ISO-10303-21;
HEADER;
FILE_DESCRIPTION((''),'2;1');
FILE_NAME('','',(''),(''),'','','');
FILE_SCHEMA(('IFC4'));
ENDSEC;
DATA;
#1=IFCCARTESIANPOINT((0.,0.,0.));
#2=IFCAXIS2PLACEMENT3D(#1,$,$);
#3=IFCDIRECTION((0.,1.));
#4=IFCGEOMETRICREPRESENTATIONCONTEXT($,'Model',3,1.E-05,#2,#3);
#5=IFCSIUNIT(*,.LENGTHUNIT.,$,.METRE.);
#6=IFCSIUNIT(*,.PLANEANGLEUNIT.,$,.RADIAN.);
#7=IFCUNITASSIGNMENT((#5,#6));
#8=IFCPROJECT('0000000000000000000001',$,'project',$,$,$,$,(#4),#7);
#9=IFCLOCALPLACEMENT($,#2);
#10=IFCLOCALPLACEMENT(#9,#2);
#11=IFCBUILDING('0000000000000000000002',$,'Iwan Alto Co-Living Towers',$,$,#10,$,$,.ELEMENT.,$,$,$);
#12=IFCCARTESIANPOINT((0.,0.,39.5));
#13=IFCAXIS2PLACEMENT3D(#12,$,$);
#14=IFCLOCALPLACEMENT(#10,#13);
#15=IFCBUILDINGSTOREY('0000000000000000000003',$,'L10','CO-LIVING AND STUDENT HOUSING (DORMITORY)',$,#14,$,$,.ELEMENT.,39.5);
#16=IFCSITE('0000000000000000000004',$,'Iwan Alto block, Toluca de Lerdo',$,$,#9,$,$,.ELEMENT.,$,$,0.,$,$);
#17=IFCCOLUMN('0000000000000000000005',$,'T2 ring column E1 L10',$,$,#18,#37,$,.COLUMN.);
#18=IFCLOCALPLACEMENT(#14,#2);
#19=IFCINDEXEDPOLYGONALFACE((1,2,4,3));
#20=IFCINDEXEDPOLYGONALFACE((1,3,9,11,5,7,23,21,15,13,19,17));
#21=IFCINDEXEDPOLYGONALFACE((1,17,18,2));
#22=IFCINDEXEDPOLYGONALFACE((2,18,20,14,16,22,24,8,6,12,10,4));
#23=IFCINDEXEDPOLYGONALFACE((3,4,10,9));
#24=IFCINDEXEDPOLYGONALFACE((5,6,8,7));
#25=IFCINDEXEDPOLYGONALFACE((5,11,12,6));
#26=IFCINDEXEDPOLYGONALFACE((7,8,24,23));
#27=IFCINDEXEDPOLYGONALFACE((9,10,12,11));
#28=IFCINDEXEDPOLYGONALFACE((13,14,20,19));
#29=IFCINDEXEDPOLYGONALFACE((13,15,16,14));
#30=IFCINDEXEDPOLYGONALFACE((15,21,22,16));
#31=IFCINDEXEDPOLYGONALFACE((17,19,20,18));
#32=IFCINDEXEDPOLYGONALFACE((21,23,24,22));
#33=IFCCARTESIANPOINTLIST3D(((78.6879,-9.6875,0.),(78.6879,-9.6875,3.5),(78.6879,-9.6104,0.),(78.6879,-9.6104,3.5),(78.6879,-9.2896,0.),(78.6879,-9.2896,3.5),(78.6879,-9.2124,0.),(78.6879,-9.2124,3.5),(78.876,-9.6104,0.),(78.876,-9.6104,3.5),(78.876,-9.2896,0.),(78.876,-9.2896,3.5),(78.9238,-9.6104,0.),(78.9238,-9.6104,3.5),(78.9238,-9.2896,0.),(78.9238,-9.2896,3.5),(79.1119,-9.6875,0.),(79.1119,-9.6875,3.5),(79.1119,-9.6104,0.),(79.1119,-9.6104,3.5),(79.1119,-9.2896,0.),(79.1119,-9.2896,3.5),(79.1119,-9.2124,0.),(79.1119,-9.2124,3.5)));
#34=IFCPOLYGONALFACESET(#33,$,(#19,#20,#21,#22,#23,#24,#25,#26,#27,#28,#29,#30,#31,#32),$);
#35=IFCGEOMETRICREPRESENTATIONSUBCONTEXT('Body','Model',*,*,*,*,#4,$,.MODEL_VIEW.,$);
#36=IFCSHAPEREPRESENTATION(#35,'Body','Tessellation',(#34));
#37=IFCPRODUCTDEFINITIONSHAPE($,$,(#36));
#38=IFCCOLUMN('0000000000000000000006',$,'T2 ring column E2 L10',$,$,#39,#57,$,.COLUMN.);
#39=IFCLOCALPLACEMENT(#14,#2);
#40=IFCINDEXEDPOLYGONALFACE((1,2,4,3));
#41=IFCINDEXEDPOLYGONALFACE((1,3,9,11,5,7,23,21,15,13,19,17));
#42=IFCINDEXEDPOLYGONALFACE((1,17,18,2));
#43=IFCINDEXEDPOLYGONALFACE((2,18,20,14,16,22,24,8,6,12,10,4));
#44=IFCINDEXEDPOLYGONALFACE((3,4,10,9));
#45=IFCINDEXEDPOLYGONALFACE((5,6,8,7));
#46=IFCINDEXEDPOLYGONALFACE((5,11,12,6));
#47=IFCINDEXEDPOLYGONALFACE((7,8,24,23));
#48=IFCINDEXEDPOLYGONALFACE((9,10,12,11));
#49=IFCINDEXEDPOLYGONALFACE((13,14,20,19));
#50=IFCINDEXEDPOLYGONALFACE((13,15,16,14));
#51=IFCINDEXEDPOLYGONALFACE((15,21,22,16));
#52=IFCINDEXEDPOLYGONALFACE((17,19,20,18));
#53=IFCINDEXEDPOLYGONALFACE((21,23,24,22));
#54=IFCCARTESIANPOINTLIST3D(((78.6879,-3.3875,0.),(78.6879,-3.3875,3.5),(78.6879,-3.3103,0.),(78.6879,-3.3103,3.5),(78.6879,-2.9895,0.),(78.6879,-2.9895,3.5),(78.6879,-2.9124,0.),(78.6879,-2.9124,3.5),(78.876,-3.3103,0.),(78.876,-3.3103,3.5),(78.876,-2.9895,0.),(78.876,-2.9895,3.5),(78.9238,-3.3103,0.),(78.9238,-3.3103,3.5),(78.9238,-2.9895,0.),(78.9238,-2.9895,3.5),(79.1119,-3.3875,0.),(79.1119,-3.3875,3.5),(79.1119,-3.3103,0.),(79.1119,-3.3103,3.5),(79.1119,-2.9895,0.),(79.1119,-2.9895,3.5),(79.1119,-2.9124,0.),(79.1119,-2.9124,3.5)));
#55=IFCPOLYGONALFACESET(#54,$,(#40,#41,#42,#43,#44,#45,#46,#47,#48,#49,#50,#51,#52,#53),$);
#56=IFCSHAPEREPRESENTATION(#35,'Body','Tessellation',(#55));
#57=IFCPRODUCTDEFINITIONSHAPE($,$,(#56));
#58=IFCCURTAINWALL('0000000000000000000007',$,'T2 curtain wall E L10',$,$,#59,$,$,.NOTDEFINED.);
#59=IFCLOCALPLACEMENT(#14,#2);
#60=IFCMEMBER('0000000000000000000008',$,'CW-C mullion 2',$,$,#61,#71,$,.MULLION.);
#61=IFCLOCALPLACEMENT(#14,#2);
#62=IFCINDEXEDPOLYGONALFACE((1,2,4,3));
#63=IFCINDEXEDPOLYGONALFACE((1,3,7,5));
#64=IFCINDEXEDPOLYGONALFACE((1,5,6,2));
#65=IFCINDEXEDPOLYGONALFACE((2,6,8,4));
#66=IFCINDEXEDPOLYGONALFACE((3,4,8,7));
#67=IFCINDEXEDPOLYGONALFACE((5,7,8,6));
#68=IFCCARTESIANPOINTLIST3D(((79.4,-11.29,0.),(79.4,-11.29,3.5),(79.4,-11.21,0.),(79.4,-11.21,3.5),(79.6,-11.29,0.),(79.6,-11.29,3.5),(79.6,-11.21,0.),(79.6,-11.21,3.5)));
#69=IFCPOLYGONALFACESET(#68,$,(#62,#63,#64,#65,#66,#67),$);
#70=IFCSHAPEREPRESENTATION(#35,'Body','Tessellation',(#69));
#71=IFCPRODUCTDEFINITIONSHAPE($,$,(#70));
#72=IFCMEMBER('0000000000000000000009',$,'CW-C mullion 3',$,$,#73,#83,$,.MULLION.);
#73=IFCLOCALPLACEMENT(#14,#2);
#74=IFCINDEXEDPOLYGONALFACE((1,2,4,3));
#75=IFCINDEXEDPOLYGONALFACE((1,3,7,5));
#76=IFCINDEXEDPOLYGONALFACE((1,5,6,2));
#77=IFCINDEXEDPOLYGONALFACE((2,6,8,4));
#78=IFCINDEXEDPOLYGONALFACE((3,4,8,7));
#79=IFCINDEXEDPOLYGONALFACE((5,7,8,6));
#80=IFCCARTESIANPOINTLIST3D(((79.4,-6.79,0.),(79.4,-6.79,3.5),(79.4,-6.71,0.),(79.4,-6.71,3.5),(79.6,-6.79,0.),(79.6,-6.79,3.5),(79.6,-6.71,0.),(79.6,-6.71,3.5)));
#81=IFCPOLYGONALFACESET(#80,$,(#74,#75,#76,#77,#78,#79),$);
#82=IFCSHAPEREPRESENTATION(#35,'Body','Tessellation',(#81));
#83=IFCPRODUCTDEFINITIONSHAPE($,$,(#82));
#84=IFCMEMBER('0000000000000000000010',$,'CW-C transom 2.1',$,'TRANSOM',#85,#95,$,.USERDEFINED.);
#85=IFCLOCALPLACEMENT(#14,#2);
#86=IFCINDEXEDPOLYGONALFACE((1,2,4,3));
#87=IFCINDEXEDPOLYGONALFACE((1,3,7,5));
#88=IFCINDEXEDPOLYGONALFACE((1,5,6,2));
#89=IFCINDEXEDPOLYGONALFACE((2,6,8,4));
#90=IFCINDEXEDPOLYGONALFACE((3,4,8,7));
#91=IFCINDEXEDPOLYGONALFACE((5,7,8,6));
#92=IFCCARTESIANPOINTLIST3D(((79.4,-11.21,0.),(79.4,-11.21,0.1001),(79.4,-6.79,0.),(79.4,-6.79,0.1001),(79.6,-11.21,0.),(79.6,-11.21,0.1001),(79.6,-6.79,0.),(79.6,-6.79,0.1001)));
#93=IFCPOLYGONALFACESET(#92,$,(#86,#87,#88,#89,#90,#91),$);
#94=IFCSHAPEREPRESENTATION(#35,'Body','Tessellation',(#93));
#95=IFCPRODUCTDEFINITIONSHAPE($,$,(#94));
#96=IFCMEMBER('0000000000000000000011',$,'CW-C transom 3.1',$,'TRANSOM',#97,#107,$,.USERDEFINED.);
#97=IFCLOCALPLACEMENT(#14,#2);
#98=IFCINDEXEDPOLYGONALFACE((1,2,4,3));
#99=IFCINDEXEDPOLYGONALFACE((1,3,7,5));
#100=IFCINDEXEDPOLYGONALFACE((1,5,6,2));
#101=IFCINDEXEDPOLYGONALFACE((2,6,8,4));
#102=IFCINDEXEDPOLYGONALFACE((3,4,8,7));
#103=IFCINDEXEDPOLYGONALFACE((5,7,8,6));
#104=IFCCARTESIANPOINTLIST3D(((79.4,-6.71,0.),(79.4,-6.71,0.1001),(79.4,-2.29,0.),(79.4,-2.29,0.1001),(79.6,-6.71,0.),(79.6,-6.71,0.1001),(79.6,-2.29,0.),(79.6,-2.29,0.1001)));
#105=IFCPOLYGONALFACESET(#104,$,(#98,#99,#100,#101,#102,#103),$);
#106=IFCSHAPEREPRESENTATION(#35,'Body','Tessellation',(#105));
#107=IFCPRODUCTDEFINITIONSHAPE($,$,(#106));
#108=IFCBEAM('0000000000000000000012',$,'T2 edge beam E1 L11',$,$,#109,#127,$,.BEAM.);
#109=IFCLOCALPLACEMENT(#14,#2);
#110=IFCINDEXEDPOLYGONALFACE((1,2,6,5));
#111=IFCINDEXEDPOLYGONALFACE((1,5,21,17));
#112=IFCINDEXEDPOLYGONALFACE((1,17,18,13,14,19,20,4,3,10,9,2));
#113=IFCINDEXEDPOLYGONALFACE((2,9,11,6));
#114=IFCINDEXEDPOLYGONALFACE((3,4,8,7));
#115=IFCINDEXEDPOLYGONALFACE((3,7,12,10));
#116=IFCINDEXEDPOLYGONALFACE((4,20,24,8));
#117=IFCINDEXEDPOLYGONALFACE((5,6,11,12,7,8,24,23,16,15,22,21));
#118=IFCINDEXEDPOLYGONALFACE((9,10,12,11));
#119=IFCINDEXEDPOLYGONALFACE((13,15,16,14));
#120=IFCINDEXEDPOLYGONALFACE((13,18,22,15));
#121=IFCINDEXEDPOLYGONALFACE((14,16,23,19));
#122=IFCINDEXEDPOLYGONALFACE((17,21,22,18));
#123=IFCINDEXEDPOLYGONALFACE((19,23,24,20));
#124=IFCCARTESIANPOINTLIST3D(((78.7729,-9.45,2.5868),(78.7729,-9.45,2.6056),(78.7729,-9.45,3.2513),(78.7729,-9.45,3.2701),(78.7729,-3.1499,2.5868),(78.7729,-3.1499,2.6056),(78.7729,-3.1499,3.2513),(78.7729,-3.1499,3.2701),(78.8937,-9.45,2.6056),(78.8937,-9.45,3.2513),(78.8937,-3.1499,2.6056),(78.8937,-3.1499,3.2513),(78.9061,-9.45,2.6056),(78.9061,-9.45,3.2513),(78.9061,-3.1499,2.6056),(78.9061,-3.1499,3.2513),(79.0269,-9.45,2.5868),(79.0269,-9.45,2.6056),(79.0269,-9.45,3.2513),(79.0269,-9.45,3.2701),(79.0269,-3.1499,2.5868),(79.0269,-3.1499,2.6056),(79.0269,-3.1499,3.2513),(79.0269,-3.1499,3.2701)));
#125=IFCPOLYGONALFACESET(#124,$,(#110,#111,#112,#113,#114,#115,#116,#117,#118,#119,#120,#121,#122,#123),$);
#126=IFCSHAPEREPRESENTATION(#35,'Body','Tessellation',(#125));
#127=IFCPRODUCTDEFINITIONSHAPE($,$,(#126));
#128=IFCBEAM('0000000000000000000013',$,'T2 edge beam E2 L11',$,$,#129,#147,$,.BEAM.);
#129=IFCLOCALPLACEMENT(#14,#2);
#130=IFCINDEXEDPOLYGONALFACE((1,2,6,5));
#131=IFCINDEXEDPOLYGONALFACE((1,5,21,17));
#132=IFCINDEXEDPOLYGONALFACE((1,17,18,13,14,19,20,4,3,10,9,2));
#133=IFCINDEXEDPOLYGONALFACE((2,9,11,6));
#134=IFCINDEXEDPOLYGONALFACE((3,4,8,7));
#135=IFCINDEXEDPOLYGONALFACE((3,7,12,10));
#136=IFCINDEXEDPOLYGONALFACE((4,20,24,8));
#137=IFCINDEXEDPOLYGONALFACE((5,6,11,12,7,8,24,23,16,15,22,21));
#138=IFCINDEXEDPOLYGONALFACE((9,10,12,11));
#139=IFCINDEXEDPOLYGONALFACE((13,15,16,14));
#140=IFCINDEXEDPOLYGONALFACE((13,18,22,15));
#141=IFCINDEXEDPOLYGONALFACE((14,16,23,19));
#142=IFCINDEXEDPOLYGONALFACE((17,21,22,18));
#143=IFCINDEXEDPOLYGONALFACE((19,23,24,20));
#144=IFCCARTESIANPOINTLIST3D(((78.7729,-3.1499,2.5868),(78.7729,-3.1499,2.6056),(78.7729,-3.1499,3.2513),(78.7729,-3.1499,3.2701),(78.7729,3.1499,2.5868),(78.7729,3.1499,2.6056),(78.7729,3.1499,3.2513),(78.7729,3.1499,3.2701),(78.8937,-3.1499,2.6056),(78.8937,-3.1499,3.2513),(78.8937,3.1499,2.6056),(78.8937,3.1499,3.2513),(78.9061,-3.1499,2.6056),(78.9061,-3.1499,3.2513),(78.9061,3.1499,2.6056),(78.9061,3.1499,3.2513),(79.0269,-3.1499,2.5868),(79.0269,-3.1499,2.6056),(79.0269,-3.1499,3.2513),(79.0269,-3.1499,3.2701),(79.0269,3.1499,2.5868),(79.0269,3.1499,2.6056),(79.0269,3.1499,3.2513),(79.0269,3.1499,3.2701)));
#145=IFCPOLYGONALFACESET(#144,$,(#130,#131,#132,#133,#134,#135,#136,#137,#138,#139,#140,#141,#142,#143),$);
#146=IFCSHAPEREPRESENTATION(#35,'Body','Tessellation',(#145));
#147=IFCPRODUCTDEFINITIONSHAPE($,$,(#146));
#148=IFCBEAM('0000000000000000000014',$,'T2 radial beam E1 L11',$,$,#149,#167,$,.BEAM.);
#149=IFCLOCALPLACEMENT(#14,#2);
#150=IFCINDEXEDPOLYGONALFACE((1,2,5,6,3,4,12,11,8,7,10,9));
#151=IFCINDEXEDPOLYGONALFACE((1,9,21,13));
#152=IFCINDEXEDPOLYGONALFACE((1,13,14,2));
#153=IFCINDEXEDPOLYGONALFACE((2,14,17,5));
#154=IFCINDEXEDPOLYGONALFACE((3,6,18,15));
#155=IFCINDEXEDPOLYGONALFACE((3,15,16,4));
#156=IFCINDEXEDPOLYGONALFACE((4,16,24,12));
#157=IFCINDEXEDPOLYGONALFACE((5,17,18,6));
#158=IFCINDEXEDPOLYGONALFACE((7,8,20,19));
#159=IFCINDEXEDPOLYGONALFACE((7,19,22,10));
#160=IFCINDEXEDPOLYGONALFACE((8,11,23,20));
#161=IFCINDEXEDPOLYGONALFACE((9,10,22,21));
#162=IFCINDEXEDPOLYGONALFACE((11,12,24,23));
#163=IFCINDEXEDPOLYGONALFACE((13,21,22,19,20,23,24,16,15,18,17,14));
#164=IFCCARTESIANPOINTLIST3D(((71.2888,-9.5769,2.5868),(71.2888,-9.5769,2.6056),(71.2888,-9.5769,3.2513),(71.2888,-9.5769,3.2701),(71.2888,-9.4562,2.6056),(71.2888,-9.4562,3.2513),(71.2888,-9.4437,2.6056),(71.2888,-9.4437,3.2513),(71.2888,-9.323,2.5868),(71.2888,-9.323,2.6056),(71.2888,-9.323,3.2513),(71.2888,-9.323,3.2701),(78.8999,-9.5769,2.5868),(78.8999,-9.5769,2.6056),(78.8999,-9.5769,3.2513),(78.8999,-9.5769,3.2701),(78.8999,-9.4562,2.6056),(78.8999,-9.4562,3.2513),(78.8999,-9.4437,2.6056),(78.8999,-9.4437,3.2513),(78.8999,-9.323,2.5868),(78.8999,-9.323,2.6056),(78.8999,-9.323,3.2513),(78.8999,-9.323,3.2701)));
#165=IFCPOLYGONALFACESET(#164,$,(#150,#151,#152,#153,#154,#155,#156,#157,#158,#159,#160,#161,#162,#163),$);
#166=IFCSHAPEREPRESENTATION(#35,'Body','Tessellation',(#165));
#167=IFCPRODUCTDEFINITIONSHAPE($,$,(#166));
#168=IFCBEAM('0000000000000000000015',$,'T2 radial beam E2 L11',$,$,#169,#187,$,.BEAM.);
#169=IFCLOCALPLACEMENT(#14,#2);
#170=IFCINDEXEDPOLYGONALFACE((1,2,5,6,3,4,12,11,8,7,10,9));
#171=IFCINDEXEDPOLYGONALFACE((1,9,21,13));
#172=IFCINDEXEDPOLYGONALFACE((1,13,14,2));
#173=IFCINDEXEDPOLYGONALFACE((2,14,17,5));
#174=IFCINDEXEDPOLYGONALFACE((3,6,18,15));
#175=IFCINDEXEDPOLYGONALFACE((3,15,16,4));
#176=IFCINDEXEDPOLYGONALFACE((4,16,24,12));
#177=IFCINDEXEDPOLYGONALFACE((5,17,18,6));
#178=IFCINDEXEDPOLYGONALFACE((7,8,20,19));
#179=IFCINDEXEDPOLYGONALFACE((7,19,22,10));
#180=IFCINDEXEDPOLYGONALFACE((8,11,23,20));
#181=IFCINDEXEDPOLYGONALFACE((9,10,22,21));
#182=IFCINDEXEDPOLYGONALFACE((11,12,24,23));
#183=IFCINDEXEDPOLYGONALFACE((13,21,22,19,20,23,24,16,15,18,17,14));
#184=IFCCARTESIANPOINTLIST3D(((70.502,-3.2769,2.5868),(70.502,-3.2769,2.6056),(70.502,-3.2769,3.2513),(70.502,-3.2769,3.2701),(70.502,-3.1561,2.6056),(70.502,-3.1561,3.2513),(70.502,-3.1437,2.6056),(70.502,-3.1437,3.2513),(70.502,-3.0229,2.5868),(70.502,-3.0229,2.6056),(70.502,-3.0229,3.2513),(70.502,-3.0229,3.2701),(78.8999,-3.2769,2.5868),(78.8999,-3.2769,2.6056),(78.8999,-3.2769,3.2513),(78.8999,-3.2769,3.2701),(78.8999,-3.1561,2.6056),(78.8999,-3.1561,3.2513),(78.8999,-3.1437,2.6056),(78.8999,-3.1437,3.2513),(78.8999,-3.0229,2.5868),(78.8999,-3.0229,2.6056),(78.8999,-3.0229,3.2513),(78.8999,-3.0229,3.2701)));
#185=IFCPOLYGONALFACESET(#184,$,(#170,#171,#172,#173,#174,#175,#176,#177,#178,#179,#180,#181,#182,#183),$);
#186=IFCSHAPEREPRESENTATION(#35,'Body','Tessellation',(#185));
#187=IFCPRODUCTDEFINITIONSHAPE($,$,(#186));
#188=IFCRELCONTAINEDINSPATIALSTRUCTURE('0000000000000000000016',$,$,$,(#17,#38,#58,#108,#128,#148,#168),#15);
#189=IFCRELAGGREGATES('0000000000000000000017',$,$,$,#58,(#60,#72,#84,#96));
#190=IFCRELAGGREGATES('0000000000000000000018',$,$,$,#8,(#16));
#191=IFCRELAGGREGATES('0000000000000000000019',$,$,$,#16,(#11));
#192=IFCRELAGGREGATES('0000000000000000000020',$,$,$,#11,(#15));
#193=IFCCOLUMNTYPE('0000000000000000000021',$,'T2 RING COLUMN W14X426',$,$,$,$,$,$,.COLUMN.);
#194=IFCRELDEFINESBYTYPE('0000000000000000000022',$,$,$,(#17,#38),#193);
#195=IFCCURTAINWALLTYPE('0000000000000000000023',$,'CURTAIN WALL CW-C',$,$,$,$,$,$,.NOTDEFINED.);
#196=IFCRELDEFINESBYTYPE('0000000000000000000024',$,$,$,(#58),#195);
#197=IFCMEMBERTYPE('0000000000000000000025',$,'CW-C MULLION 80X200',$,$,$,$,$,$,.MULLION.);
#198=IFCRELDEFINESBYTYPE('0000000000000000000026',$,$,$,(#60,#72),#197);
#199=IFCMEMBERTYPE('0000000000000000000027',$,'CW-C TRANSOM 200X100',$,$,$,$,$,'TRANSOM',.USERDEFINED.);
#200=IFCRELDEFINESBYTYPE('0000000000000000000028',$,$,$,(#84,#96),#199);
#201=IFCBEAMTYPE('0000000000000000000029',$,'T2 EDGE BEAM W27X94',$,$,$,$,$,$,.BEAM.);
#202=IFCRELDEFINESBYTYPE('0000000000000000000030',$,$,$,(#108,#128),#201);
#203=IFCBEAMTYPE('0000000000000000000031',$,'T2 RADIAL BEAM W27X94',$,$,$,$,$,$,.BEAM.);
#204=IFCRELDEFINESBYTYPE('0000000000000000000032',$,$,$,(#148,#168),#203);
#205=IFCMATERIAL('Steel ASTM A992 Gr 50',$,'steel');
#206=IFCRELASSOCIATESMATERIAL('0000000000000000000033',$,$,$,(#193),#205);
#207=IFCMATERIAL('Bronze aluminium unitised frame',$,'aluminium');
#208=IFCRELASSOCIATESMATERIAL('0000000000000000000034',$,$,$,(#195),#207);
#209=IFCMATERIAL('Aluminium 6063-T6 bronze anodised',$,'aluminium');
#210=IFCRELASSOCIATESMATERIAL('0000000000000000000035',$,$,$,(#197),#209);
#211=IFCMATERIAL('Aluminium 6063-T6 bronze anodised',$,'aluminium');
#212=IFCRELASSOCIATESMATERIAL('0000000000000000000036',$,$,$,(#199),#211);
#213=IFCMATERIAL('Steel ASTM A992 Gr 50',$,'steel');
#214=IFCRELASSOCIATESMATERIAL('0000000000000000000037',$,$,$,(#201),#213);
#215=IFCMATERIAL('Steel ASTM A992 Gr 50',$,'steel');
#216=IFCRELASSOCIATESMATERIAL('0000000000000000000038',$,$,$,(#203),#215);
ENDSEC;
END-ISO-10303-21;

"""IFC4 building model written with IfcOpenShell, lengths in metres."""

from ifc_helpers import new_model, si_unit, direction, frame, origin, origin_2d, place, context, subcontext, project, spatial, rectangle, i_section, extrude, material, material_profile, profile_set, type_object, element, aggregate, save


model = new_model("IFC4")

# Units and contexts
model_context = context("Model", 3, precision=1e-05, world=origin(), true_north=direction((0.0, 1.0)))
body_context = subcontext(model_context, "Body", "Model", "MODEL_VIEW")
ifc_project = project(units=[si_unit("LENGTHUNIT", "METRE"), si_unit("PLANEANGLEUNIT", "RADIAN")], contexts=[model_context])

# Site, building, storey
site_placement = place(None, origin())
site = spatial("IfcSite", under=ifc_project, at=site_placement, Name="Iwan Alto block, Toluca de Lerdo", CompositionType="ELEMENT", RefElevation=0.0)
building_placement = place(site_placement, origin())
building = spatial("IfcBuilding", under=site, at=building_placement, Name="Iwan Alto Co-Living Towers", CompositionType="ELEMENT")
storey_placement = place(building_placement, frame((0.0, 0.0, 39.5)))
storey = spatial("IfcBuildingStorey", under=building, at=storey_placement, Name="L10", Description="CO-LIVING AND STUDENT HOUSING (DORMITORY)", CompositionType="ELEMENT", Elevation=39.5)

# Columns
ifc_material_1 = material(Name="Steel ASTM A992 Gr 50", Category="steel")
ifc_material_profile_1 = material_profile(ifc_material_1, i_section(OverallWidth=0.4241, OverallDepth=0.4751, WebThickness=0.0479, FlangeThickness=0.0771, at=origin_2d()), Name="W14X426")
ifc_profile_set_1 = profile_set([ifc_material_profile_1], Name="Steel ASTM A992 Gr 50")
column_type = type_object("IfcColumnType", Name="T2 RING COLUMN W14X426", PredefinedType="COLUMN", material=ifc_profile_set_1)
for number, where, z_axis, x_axis, name in (
    (1, (78.8999, -9.45, 0.0), (0.0, 0.0, 1.0), (1.0, 0.0, 0.0), "T2 ring column E1 L10"),
    (2, (78.8999, -3.1499, 0.0), (0.0, 0.0, 1.0), (1.0, 0.0, 0.0), "T2 ring column E2 L10"),
):
    element("IfcColumn", number, at=place(storey_placement, frame(where, z_axis=z_axis, x_axis=x_axis)), inside=storey, type_object=column_type, Name=name, PredefinedType="COLUMN", context=body_context, shape_type="SweptSolid", body=[
        extrude(i_section(OverallWidth=0.4241, OverallDepth=0.4751, WebThickness=0.0479, FlangeThickness=0.0771, at=origin_2d()), origin(), (0.0, 0.0, 1.0), 3.5),
    ])

# Curtain wall, members
ifc_material_2 = material(Name="Bronze aluminium unitised frame", Category="aluminium")
curtain_wall_type = type_object("IfcCurtainWallType", Name="CURTAIN WALL CW-C", PredefinedType="NOTDEFINED", material=ifc_material_2)
curtain_wall_placement = place(storey_placement, origin())
curtain_wall = element("IfcCurtainWall", 3, at=curtain_wall_placement, inside=storey, type_object=curtain_wall_type, Name="T2 curtain wall E L10", PredefinedType="NOTDEFINED")
ifc_material_3 = material(Name="Aluminium 6063-T6 bronze anodised", Category="aluminium")
ifc_material_profile_2 = material_profile(ifc_material_3, rectangle(XDim=0.2, YDim=0.0801, at=origin_2d()), Name="AL 80X200")
ifc_profile_set_2 = profile_set([ifc_material_profile_2], Name="Aluminium 6063-T6 bronze anodised")
member_type_1 = type_object("IfcMemberType", Name="CW-C MULLION 80X200", PredefinedType="MULLION", material=ifc_profile_set_2)
member_1_placement = place(storey_placement, frame((79.5, -11.25, 0.0), z_axis=(0.0, 0.0, 1.0), x_axis=(-1.0, 0.0, 0.0)))
member_1 = element("IfcMember", 4, at=member_1_placement, type_object=member_type_1, Name="CW-C mullion 2", PredefinedType="MULLION", context=body_context, shape_type="SweptSolid", body=[
    extrude(rectangle(XDim=0.2, YDim=0.0801, at=origin_2d()), origin(), (0.0, 0.0, 1.0), 3.5),
])
member_2_placement = place(storey_placement, frame((79.5, -6.75, 0.0), z_axis=(0.0, 0.0, 1.0), x_axis=(-1.0, 0.0, 0.0)))
member_2 = element("IfcMember", 5, at=member_2_placement, type_object=member_type_1, Name="CW-C mullion 3", PredefinedType="MULLION", context=body_context, shape_type="SweptSolid", body=[
    extrude(rectangle(XDim=0.2, YDim=0.0801, at=origin_2d()), origin(), (0.0, 0.0, 1.0), 3.5),
])
ifc_material_4 = material(Name="Aluminium 6063-T6 bronze anodised", Category="aluminium")
ifc_material_profile_3 = material_profile(ifc_material_4, rectangle(XDim=0.2, YDim=0.1001, at=origin_2d()), Name="AL 200X100")
ifc_profile_set_3 = profile_set([ifc_material_profile_3], Name="Aluminium 6063-T6 bronze anodised")
member_type_2 = type_object("IfcMemberType", Name="CW-C TRANSOM 200X100", ElementType="TRANSOM", PredefinedType="USERDEFINED", material=ifc_profile_set_3)
member_3_placement = place(storey_placement, frame((79.5, -11.21, 0.05), z_axis=(0.0, 1.0, 0.0), x_axis=(-1.0, 0.0, 0.0)))
member_3 = element("IfcMember", 6, at=member_3_placement, type_object=member_type_2, Name="CW-C transom 2.1", ObjectType="TRANSOM", PredefinedType="USERDEFINED", context=body_context, shape_type="SweptSolid", body=[
    extrude(rectangle(XDim=0.2, YDim=0.1001, at=origin_2d()), origin(), (0.0, 0.0, 1.0), 4.4199),
])
member_4_placement = place(storey_placement, frame((79.5, -6.71, 0.05), z_axis=(0.0, 1.0, 0.0), x_axis=(-1.0, 0.0, 0.0)))
member_4 = element("IfcMember", 7, at=member_4_placement, type_object=member_type_2, Name="CW-C transom 3.1", ObjectType="TRANSOM", PredefinedType="USERDEFINED", context=body_context, shape_type="SweptSolid", body=[
    extrude(rectangle(XDim=0.2, YDim=0.1001, at=origin_2d()), origin(), (0.0, 0.0, 1.0), 4.4199),
])

# Beams
ifc_material_5 = material(Name="Steel ASTM A992 Gr 50", Category="steel")
ifc_material_profile_4 = material_profile(ifc_material_5, i_section(OverallWidth=0.2539, OverallDepth=0.6833, WebThickness=0.0125, FlangeThickness=0.0188, at=origin_2d()), Name="W27X94")
ifc_profile_set_4 = profile_set([ifc_material_profile_4], Name="Steel ASTM A992 Gr 50")
beam_type_1 = type_object("IfcBeamType", Name="T2 EDGE BEAM W27X94", PredefinedType="BEAM", material=ifc_profile_set_4)
beam_1_placement = place(storey_placement, frame((78.8999, -9.45, 2.9285), z_axis=(0.0, 1.0, 0.0), x_axis=(-1.0, 0.0, 0.0)))
element("IfcBeam", 8, at=beam_1_placement, inside=storey, type_object=beam_type_1, Name="T2 edge beam E1 L11", PredefinedType="BEAM", context=body_context, shape_type="SweptSolid", body=[
    extrude(i_section(OverallWidth=0.2539, OverallDepth=0.6833, WebThickness=0.0125, FlangeThickness=0.0188, at=origin_2d()), origin(), (0.0, 0.0, 1.0), 6.3),
])
beam_2_placement = place(storey_placement, frame((78.8999, -3.1499, 2.9285), z_axis=(0.0, 1.0, 0.0), x_axis=(-1.0, 0.0, 0.0)))
element("IfcBeam", 9, at=beam_2_placement, inside=storey, type_object=beam_type_1, Name="T2 edge beam E2 L11", PredefinedType="BEAM", context=body_context, shape_type="SweptSolid", body=[
    extrude(i_section(OverallWidth=0.2539, OverallDepth=0.6833, WebThickness=0.0125, FlangeThickness=0.0188, at=origin_2d()), origin(), (0.0, 0.0, 1.0), 6.2998),
])
ifc_material_6 = material(Name="Steel ASTM A992 Gr 50", Category="steel")
ifc_material_profile_5 = material_profile(ifc_material_6, i_section(OverallWidth=0.2539, OverallDepth=0.6833, WebThickness=0.0125, FlangeThickness=0.0188, at=origin_2d()), Name="W27X94")
ifc_profile_set_5 = profile_set([ifc_material_profile_5], Name="Steel ASTM A992 Gr 50")
beam_type_2 = type_object("IfcBeamType", Name="T2 RADIAL BEAM W27X94", PredefinedType="BEAM", material=ifc_profile_set_5)
beam_3_placement = place(storey_placement, frame((78.8999, -9.45, 2.9285), z_axis=(-1.0, 0.0, 0.0), x_axis=(0.0, -1.0, 0.0)))
element("IfcBeam", 10, at=beam_3_placement, inside=storey, type_object=beam_type_2, Name="T2 radial beam E1 L11", PredefinedType="BEAM", context=body_context, shape_type="SweptSolid", body=[
    extrude(i_section(OverallWidth=0.2539, OverallDepth=0.6833, WebThickness=0.0125, FlangeThickness=0.0188, at=origin_2d()), origin(), (0.0, 0.0, 1.0), 7.6111),
])
beam_4_placement = place(storey_placement, frame((78.8999, -3.1499, 2.9285), z_axis=(-1.0, 0.0, 0.0), x_axis=(0.0, -1.0, 0.0)))
element("IfcBeam", 11, at=beam_4_placement, inside=storey, type_object=beam_type_2, Name="T2 radial beam E2 L11", PredefinedType="BEAM", context=body_context, shape_type="SweptSolid", body=[
    extrude(i_section(OverallWidth=0.2539, OverallDepth=0.6833, WebThickness=0.0125, FlangeThickness=0.0188, at=origin_2d()), origin(), (0.0, 0.0, 1.0), 8.3979),
])

aggregate(curtain_wall, [member_1, member_2, member_3, member_4])

save(model, "model.ifc")
